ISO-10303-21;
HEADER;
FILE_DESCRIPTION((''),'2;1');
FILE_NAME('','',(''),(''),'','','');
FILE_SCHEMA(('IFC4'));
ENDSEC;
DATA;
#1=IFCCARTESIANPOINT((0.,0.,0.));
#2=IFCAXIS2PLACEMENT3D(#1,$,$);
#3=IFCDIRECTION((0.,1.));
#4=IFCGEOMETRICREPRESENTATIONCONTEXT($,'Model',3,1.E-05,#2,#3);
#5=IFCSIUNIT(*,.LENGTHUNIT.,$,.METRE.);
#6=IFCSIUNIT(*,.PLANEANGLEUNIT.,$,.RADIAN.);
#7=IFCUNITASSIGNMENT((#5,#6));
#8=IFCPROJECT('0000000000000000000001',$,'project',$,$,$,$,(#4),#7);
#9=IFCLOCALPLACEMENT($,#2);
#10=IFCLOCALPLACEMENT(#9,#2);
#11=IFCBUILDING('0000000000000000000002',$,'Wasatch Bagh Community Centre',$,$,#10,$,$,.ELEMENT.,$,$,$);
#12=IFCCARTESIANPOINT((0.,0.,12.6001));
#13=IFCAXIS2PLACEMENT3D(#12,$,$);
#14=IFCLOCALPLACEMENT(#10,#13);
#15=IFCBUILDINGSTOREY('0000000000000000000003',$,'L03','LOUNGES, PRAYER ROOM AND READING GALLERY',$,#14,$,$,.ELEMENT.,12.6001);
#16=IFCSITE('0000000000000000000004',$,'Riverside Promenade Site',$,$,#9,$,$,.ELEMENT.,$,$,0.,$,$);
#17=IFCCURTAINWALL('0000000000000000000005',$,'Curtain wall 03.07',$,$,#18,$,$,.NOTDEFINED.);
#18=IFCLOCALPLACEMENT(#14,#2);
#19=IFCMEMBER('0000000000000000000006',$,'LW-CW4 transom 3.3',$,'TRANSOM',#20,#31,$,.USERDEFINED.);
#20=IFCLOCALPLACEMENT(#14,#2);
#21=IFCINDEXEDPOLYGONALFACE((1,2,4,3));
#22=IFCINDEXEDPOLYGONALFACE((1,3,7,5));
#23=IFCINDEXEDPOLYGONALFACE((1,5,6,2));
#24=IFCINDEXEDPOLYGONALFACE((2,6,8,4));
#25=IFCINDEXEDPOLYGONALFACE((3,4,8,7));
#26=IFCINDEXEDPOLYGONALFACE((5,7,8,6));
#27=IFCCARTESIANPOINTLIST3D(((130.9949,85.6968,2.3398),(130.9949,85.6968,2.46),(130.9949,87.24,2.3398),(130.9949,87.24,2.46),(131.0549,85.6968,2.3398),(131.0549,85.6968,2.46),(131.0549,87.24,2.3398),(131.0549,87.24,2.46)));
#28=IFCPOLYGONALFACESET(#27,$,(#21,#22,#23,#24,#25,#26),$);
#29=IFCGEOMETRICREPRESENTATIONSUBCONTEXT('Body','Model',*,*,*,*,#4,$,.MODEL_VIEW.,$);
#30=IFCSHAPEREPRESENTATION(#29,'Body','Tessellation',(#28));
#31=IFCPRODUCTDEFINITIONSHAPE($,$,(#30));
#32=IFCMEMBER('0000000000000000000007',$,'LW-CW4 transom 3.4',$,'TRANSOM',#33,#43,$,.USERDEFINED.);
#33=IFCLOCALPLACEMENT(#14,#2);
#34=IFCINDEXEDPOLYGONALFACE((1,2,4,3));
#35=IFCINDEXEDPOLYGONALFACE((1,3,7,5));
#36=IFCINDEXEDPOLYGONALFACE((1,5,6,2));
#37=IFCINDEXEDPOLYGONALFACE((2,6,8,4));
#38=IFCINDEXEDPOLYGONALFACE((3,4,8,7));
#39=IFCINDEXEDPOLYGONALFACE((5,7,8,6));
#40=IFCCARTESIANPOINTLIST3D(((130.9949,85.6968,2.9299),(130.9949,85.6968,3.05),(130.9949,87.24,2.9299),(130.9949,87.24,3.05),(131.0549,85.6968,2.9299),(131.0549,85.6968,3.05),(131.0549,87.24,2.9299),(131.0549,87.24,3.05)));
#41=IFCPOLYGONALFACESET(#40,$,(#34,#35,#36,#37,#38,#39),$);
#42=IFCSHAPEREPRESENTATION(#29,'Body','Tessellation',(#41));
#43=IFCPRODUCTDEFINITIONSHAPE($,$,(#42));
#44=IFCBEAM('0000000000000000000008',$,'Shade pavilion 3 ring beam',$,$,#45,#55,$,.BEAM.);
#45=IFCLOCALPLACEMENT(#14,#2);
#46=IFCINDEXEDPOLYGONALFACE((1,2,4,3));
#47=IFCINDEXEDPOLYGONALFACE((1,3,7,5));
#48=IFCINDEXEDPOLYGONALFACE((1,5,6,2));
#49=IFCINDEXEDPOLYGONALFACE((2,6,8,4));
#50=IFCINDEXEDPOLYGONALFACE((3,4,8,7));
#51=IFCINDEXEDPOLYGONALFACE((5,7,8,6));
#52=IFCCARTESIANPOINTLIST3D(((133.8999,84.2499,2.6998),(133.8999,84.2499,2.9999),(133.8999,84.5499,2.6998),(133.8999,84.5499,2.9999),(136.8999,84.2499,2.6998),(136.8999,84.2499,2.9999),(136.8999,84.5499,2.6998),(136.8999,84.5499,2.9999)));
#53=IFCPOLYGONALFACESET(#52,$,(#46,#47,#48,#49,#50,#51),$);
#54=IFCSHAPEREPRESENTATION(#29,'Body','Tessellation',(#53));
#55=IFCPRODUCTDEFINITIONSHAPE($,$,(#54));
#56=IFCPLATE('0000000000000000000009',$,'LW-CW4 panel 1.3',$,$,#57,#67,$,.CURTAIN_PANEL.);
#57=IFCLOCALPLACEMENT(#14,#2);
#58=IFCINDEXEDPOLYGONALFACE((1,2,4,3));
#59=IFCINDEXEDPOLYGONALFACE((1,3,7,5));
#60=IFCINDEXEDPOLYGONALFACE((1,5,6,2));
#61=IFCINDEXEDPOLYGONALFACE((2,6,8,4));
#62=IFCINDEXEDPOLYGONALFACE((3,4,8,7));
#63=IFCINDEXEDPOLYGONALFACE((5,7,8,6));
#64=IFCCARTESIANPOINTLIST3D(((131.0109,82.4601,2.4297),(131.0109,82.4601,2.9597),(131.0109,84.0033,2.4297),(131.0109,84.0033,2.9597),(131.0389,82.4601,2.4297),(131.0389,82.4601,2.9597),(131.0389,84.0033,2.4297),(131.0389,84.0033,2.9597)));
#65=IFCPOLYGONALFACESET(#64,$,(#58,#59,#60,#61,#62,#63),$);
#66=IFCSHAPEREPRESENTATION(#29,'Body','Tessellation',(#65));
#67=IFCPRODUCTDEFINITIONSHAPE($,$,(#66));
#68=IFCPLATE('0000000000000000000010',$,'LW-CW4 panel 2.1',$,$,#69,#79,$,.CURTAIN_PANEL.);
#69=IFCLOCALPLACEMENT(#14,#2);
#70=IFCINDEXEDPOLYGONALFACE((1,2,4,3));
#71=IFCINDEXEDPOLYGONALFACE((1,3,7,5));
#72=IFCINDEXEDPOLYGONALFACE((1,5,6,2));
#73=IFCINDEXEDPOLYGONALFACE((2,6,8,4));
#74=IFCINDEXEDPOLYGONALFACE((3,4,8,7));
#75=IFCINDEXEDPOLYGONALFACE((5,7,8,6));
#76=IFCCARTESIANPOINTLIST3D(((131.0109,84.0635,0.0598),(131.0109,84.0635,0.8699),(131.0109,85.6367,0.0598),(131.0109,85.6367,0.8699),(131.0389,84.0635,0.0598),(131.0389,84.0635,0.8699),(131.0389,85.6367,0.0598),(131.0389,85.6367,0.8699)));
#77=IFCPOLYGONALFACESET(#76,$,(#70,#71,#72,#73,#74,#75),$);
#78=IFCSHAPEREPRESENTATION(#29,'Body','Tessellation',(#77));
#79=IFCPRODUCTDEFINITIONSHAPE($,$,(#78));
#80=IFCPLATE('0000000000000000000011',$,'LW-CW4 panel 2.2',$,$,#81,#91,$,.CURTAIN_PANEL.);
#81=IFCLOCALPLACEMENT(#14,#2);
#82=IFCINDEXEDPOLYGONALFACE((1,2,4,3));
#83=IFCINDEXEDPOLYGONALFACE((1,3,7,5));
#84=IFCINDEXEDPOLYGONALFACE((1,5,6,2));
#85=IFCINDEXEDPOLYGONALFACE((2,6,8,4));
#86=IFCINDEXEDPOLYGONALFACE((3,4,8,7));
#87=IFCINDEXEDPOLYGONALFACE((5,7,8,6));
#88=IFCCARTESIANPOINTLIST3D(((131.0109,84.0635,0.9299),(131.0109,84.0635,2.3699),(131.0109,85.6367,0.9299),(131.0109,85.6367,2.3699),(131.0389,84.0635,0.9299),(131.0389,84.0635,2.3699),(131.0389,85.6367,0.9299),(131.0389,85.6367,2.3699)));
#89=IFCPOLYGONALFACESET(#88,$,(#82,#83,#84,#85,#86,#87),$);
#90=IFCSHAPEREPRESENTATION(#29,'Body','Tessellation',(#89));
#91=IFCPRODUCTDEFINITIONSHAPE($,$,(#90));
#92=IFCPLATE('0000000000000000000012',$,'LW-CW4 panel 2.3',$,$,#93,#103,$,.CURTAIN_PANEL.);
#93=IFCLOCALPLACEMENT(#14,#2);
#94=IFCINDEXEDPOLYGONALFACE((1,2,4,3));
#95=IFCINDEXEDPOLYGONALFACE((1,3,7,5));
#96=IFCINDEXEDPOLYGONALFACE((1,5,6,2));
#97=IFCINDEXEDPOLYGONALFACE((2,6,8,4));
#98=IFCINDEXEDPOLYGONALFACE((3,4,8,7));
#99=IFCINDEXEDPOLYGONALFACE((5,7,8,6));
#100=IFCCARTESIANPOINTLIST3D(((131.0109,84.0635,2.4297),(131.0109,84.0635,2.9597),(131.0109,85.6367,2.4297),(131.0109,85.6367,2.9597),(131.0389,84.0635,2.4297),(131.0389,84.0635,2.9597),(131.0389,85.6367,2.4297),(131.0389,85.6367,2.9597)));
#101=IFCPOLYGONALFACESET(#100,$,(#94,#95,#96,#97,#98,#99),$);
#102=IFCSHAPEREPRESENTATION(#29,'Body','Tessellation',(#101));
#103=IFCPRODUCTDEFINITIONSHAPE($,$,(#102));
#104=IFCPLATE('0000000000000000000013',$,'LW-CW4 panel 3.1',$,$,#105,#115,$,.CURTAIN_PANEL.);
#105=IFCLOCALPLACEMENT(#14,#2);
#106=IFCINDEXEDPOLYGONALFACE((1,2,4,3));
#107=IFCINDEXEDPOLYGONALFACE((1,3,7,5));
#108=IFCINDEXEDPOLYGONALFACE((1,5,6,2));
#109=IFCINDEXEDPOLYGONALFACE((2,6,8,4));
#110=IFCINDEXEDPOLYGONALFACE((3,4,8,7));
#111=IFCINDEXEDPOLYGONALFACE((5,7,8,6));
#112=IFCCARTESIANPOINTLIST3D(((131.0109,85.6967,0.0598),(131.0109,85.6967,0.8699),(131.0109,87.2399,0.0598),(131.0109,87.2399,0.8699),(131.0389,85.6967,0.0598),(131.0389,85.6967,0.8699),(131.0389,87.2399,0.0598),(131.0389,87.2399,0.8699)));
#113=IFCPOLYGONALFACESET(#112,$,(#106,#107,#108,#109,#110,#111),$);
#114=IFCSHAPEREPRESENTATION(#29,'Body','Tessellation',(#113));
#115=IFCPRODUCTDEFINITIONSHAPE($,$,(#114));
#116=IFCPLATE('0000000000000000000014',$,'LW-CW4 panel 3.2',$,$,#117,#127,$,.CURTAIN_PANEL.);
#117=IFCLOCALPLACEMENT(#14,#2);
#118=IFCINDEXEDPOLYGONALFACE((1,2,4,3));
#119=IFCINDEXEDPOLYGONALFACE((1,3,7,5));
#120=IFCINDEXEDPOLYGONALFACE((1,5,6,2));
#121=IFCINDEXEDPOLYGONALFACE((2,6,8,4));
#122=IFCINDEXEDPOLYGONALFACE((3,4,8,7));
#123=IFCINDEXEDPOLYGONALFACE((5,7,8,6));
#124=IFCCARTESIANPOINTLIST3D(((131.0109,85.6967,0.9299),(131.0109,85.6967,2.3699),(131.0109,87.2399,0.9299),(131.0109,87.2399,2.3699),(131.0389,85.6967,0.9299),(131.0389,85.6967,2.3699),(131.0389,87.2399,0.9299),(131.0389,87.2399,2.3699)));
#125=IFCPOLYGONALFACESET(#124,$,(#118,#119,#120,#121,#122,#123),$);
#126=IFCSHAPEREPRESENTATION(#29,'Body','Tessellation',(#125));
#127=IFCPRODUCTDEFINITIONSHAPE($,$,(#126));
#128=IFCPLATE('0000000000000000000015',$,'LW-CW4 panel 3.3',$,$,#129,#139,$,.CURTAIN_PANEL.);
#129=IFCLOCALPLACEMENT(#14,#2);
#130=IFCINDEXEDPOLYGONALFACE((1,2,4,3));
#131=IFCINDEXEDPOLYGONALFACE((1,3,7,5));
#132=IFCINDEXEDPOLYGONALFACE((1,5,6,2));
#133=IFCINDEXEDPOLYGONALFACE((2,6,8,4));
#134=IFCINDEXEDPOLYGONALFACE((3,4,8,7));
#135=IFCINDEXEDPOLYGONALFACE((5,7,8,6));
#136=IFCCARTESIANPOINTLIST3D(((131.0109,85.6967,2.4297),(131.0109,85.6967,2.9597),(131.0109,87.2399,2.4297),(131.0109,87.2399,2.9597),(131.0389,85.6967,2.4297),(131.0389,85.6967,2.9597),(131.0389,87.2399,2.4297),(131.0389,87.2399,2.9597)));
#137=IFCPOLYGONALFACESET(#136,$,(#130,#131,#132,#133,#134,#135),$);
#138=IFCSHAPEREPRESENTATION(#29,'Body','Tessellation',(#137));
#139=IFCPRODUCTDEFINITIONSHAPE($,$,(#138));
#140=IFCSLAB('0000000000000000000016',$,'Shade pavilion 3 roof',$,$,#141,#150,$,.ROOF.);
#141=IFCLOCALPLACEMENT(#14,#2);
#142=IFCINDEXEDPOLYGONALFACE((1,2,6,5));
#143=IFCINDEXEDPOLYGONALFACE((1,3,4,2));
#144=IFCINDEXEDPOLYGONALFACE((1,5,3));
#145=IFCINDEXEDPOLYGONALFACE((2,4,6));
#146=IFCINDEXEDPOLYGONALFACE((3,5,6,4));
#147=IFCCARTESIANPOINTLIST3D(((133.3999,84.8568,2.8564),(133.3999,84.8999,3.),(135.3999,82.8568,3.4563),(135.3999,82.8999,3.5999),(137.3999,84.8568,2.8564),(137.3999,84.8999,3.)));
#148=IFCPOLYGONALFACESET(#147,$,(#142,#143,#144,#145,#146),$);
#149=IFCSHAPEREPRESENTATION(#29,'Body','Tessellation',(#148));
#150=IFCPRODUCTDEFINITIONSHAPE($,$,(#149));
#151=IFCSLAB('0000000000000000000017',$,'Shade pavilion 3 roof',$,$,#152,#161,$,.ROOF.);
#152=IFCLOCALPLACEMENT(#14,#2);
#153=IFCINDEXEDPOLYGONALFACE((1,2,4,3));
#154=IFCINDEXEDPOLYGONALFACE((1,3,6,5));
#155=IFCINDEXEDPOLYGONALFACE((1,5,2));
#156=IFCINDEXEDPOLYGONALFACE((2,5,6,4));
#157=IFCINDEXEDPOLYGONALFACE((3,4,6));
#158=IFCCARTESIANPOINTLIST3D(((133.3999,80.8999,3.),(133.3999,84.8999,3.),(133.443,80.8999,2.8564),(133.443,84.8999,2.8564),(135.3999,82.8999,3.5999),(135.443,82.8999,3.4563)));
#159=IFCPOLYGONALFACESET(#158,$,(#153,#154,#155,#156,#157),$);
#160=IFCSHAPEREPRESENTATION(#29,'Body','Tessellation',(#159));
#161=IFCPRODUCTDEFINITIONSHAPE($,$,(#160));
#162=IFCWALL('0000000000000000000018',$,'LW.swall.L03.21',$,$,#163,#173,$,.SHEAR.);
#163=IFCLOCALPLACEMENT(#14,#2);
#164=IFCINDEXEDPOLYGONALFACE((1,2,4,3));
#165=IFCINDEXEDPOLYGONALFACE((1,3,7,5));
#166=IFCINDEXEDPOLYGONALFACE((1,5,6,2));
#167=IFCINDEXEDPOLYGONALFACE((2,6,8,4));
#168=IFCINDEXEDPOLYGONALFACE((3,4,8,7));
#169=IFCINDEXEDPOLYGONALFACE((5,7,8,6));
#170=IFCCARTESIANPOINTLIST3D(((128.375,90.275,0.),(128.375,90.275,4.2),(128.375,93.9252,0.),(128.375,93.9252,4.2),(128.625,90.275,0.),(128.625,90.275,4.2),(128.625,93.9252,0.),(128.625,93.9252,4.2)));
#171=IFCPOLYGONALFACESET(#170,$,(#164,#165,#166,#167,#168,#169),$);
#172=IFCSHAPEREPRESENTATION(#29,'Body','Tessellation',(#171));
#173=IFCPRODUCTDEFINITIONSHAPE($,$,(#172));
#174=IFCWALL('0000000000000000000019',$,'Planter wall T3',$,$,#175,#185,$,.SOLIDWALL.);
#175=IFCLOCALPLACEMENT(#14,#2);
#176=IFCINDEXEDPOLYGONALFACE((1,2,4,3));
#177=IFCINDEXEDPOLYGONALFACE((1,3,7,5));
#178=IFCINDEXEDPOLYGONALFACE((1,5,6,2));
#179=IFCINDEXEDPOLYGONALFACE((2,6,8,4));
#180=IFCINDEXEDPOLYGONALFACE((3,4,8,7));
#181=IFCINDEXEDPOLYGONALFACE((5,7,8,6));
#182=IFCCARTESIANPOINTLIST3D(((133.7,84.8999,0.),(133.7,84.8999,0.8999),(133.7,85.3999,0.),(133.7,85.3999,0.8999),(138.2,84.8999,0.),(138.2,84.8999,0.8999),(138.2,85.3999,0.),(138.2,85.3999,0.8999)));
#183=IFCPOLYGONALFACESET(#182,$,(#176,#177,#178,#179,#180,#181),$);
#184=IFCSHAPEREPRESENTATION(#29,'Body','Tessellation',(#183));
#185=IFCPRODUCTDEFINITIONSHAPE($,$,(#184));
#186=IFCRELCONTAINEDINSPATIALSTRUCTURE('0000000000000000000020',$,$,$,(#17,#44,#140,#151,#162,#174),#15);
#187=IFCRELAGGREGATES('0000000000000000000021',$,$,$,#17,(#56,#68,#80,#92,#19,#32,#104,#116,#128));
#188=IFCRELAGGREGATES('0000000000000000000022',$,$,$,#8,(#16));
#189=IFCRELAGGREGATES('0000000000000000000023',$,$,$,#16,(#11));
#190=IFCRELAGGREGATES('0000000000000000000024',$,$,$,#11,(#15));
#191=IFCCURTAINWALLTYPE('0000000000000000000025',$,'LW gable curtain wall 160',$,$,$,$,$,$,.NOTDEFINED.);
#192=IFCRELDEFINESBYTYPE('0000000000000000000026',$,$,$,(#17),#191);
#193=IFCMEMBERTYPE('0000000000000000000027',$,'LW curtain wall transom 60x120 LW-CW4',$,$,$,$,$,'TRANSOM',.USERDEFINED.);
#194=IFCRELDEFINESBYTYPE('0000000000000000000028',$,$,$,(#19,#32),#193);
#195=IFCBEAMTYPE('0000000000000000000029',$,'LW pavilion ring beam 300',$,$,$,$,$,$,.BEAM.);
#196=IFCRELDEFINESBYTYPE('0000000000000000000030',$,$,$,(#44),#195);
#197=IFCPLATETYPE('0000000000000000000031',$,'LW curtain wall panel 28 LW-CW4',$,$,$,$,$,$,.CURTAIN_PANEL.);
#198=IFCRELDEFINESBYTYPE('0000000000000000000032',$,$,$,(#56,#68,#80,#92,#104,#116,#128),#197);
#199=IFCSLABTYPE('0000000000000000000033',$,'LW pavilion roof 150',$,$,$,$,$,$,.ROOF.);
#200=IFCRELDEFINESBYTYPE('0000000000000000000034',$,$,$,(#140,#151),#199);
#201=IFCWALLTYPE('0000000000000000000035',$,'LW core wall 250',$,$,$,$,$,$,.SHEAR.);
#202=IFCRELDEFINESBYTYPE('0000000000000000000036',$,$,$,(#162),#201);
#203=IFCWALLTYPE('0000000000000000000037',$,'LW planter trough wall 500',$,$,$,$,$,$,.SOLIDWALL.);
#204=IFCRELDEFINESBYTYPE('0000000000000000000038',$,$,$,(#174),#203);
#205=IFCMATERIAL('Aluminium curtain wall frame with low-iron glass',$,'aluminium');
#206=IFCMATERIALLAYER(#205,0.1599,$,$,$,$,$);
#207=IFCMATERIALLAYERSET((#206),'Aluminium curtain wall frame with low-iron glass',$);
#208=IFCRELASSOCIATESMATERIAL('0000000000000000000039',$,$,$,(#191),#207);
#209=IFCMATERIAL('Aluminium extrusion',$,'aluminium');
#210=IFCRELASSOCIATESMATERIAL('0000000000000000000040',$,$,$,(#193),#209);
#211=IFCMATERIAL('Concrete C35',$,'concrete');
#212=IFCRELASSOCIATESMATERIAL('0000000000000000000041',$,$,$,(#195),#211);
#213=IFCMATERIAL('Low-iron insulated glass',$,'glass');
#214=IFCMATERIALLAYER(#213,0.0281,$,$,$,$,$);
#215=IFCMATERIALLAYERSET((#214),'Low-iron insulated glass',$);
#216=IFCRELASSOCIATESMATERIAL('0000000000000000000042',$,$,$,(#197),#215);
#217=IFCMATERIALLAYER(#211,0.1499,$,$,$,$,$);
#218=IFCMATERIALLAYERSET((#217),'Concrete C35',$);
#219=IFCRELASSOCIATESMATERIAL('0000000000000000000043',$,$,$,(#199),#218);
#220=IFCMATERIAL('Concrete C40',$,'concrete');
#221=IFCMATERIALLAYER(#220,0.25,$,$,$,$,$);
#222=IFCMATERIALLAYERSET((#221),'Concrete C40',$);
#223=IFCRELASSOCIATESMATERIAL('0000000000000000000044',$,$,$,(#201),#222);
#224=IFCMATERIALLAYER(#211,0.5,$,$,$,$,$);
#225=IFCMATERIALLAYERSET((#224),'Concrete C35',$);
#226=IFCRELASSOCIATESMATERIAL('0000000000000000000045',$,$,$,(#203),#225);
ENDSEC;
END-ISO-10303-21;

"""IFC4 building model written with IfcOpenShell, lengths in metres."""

from ifc_helpers import new_model, si_unit, direction, frame, frame_2d, origin, origin_2d, place, context, subcontext, project, spatial, polyline, rectangle, outline, extrude, material, layer, layer_set, material_profile, profile_set, type_object, element, aggregate, save


model = new_model("IFC4")

# Units and contexts
model_context = context("Model", 3, precision=1e-05, world=origin(), true_north=direction((0.0, 1.0)))
body_context = subcontext(model_context, "Body", "Model", "MODEL_VIEW")
ifc_project = project(units=[si_unit("LENGTHUNIT", "METRE"), si_unit("PLANEANGLEUNIT", "RADIAN")], contexts=[model_context])

# Site, building, storey
site_placement = place(None, origin())
site = spatial("IfcSite", under=ifc_project, at=site_placement, Name="Riverside Promenade Site", CompositionType="ELEMENT", RefElevation=0.0)
building_placement = place(site_placement, origin())
building = spatial("IfcBuilding", under=site, at=building_placement, Name="Wasatch Bagh Community Centre", CompositionType="ELEMENT")
storey_placement = place(building_placement, frame((0.0, 0.0, 12.6001)))
storey = spatial("IfcBuildingStorey", under=building, at=storey_placement, Name="L03", Description="LOUNGES, PRAYER ROOM AND READING GALLERY", CompositionType="ELEMENT", Elevation=12.6001)

# Shared definitions
ifc_material_1 = material(Name="Concrete C40", Category="concrete")
ifc_material_2 = material(Name="Concrete C35", Category="concrete")

# Curtain wall, members
ifc_material_3 = material(Name="Aluminium curtain wall frame with low-iron glass", Category="aluminium")
ifc_layer_1 = layer(ifc_material_3, 0.1599)
ifc_layer_set_1 = layer_set([ifc_layer_1], Name="Aluminium curtain wall frame with low-iron glass")
curtain_wall_type = type_object("IfcCurtainWallType", Name="LW gable curtain wall 160", PredefinedType="NOTDEFINED", material=ifc_layer_set_1)
curtain_wall_placement = place(storey_placement, origin())
curtain_wall = element("IfcCurtainWall", 1, at=curtain_wall_placement, inside=storey, type_object=curtain_wall_type, Name="Curtain wall 03.07", PredefinedType="NOTDEFINED")
ifc_material_4 = material(Name="Aluminium extrusion", Category="aluminium")
ifc_material_profile_1 = material_profile(ifc_material_4, rectangle(XDim=0.0601, YDim=0.1201, at=origin_2d()), Name="AL 60x120")
ifc_profile_set_1 = profile_set([ifc_material_profile_1], Name="Aluminium extrusion")
member_type_1 = type_object("IfcMemberType", Name="LW curtain wall transom 60x120 LW-CW4", ElementType="TRANSOM", PredefinedType="USERDEFINED", material=ifc_profile_set_1)
member_1_placement = place(storey_placement, frame((131.0249, 85.6968, 2.3999), z_axis=(0.0, 1.0, 0.0), x_axis=(-1.0, 0.0, 0.0)))
member_1 = element("IfcMember", 2, at=member_1_placement, type_object=member_type_1, Name="LW-CW4 transom 3.3", ObjectType="TRANSOM", PredefinedType="USERDEFINED", context=body_context, shape_type="SweptSolid", body=[
    extrude(rectangle(XDim=0.0601, YDim=0.1201, at=origin_2d()), origin(), (0.0, 0.0, 1.0), 1.5432),
])
member_2_placement = place(storey_placement, frame((131.0249, 85.6968, 2.99), z_axis=(0.0, 1.0, 0.0), x_axis=(-1.0, 0.0, 0.0)))
member_2 = element("IfcMember", 3, at=member_2_placement, type_object=member_type_1, Name="LW-CW4 transom 3.4", ObjectType="TRANSOM", PredefinedType="USERDEFINED", context=body_context, shape_type="SweptSolid", body=[
    extrude(rectangle(XDim=0.0601, YDim=0.1201, at=origin_2d()), origin(), (0.0, 0.0, 1.0), 1.5432),
])

# Beam
ifc_material_profile_2 = material_profile(ifc_material_2, rectangle(XDim=0.3, YDim=0.3, at=origin_2d()), Name="RC 300x300")
ifc_profile_set_2 = profile_set([ifc_material_profile_2], Name="Concrete C35")
beam_type_1 = type_object("IfcBeamType", Name="LW pavilion ring beam 300", PredefinedType="BEAM", material=ifc_profile_set_2)
beam_1_placement = place(storey_placement, frame((133.8999, 84.3999, 2.8499), z_axis=(1.0, 0.0, 0.0), x_axis=(0.0, 1.0, 0.0)))
element("IfcBeam", 4, at=beam_1_placement, inside=storey, type_object=beam_type_1, Name="Shade pavilion 3 ring beam", PredefinedType="BEAM", context=body_context, shape_type="SweptSolid", body=[
    extrude(rectangle(XDim=0.3, YDim=0.3, at=origin_2d()), origin(), (0.0, 0.0, 1.0), 3.0),
])

# Plates
ifc_material_5 = material(Name="Low-iron insulated glass", Category="glass")
ifc_layer_2 = layer(ifc_material_5, 0.0281)
ifc_layer_set_2 = layer_set([ifc_layer_2], Name="Low-iron insulated glass")
plate_type = type_object("IfcPlateType", Name="LW curtain wall panel 28 LW-CW4", PredefinedType="CURTAIN_PANEL", material=ifc_layer_set_2)
plate_1_placement = place(storey_placement, frame((131.0249, 83.2317, 2.4297), z_axis=(0.0, 0.0, 1.0), x_axis=(0.0, 1.0, 0.0)))
plate_1 = element("IfcPlate", 5, at=plate_1_placement, type_object=plate_type, Name="LW-CW4 panel 1.3", PredefinedType="CURTAIN_PANEL", context=body_context, shape_type="SweptSolid", body=[
    extrude(rectangle(XDim=1.5432, YDim=0.0281, at=origin_2d()), origin(), (0.0, 0.0, 1.0), 0.53),
])
plate_2_placement = place(storey_placement, frame((131.0249, 84.8501, 0.0598), z_axis=(0.0, 0.0, 1.0), x_axis=(0.0, 1.0, 0.0)))
plate_2 = element("IfcPlate", 6, at=plate_2_placement, type_object=plate_type, Name="LW-CW4 panel 2.1", PredefinedType="CURTAIN_PANEL", context=body_context, shape_type="SweptSolid", body=[
    extrude(rectangle(XDim=1.5732, YDim=0.0281, at=origin_2d()), origin(), (0.0, 0.0, 1.0), 0.8101),
])
plate_3_placement = place(storey_placement, frame((131.0249, 84.8501, 0.9299), z_axis=(0.0, 0.0, 1.0), x_axis=(0.0, 1.0, 0.0)))
plate_3 = element("IfcPlate", 7, at=plate_3_placement, type_object=plate_type, Name="LW-CW4 panel 2.2", PredefinedType="CURTAIN_PANEL", context=body_context, shape_type="SweptSolid", body=[
    extrude(rectangle(XDim=1.5732, YDim=0.0281, at=origin_2d()), origin(), (0.0, 0.0, 1.0), 1.4399),
])
plate_4_placement = place(storey_placement, frame((131.0249, 84.8501, 2.4297), z_axis=(0.0, 0.0, 1.0), x_axis=(0.0, 1.0, 0.0)))
plate_4 = element("IfcPlate", 8, at=plate_4_placement, type_object=plate_type, Name="LW-CW4 panel 2.3", PredefinedType="CURTAIN_PANEL", context=body_context, shape_type="SweptSolid", body=[
    extrude(rectangle(XDim=1.5732, YDim=0.0281, at=origin_2d()), origin(), (0.0, 0.0, 1.0), 0.53),
])
plate_5_placement = place(storey_placement, frame((131.0249, 86.4683, 0.0598), z_axis=(0.0, 0.0, 1.0), x_axis=(0.0, 1.0, 0.0)))
plate_5 = element("IfcPlate", 9, at=plate_5_placement, type_object=plate_type, Name="LW-CW4 panel 3.1", PredefinedType="CURTAIN_PANEL", context=body_context, shape_type="SweptSolid", body=[
    extrude(rectangle(XDim=1.5432, YDim=0.0281, at=origin_2d()), origin(), (0.0, 0.0, 1.0), 0.8101),
])
plate_6_placement = place(storey_placement, frame((131.0249, 86.4683, 0.9299), z_axis=(0.0, 0.0, 1.0), x_axis=(0.0, 1.0, 0.0)))
plate_6 = element("IfcPlate", 10, at=plate_6_placement, type_object=plate_type, Name="LW-CW4 panel 3.2", PredefinedType="CURTAIN_PANEL", context=body_context, shape_type="SweptSolid", body=[
    extrude(rectangle(XDim=1.5432, YDim=0.0281, at=origin_2d()), origin(), (0.0, 0.0, 1.0), 1.4399),
])
plate_7_placement = place(storey_placement, frame((131.0249, 86.4683, 2.4297), z_axis=(0.0, 0.0, 1.0), x_axis=(0.0, 1.0, 0.0)))
plate_7 = element("IfcPlate", 11, at=plate_7_placement, type_object=plate_type, Name="LW-CW4 panel 3.3", PredefinedType="CURTAIN_PANEL", context=body_context, shape_type="SweptSolid", body=[
    extrude(rectangle(XDim=1.5432, YDim=0.0281, at=origin_2d()), origin(), (0.0, 0.0, 1.0), 0.53),
])
aggregate(curtain_wall, [plate_1, plate_2, plate_3, plate_4, member_1, member_2, plate_5, plate_6, plate_7])

# Slabs
ifc_layer_3 = layer(ifc_material_2, 0.1499)
ifc_layer_set_3 = layer_set([ifc_layer_3], Name="Concrete C35")
slab_type = type_object("IfcSlabType", Name="LW pavilion roof 150", PredefinedType="ROOF", material=ifc_layer_set_3)
for number, where, z_axis, x_axis, name in (
    (12, (137.3999, 84.8999, 3.0), (0.0, 0.287284, 0.957846), (-1.0, 0.0, 0.0), "Shade pavilion 3 roof"),
    (13, (133.3999, 84.8999, 3.0), (-0.287284, 0.0, 0.957846), (0.0, -1.0, 0.0), "Shade pavilion 3 roof"),
):
    element("IfcSlab", number, at=place(storey_placement, frame(where, z_axis=z_axis, x_axis=x_axis)), inside=storey, type_object=slab_type, Name=name, PredefinedType="ROOF", context=body_context, shape_type="SweptSolid", body=[
        extrude(outline(polyline([(0.0, 0.0), (4.0, 0.0), (2.0, 2.088), (0.0, 0.0)])), origin(), (0.0, 0.0, -1.0), 0.1499),
    ])

# Walls
ifc_layer_4 = layer(ifc_material_1, 0.25)
ifc_layer_set_4 = layer_set([ifc_layer_4], Name="Concrete C40")
wall_type_1 = type_object("IfcWallType", Name="LW core wall 250", PredefinedType="SHEAR", material=ifc_layer_set_4)
wall_1_placement = place(storey_placement, frame((128.5, 90.2749, 0.0), z_axis=(0.0, 0.0, 1.0), x_axis=(0.0, 1.0, 0.0)))
element("IfcWall", 14, at=wall_1_placement, inside=storey, type_object=wall_type_1, Name="LW.swall.L03.21", PredefinedType="SHEAR", context=body_context, shape_type="SweptSolid", body=[
    extrude(rectangle(XDim=3.6501, YDim=0.25, at=frame_2d((1.8252, 0.0))), origin(), (0.0, 0.0, 1.0), 4.2),
])
ifc_layer_5 = layer(ifc_material_2, 0.5)
ifc_layer_set_5 = layer_set([ifc_layer_5], Name="Concrete C35")
wall_type_2 = type_object("IfcWallType", Name="LW planter trough wall 500", PredefinedType="SOLIDWALL", material=ifc_layer_set_5)
wall_2_placement = place(storey_placement, frame((133.7, 85.1499, 0.0), z_axis=(0.0, 0.0, 1.0), x_axis=(1.0, 0.0, 0.0)))
element("IfcWall", 15, at=wall_2_placement, inside=storey, type_object=wall_type_2, Name="Planter wall T3", PredefinedType="SOLIDWALL", context=body_context, shape_type="SweptSolid", body=[
    extrude(rectangle(XDim=4.5, YDim=0.5, at=frame_2d((2.25, 0.0))), origin(), (0.0, 0.0, 1.0), 0.8999),
])

save(model, "model.ifc")
